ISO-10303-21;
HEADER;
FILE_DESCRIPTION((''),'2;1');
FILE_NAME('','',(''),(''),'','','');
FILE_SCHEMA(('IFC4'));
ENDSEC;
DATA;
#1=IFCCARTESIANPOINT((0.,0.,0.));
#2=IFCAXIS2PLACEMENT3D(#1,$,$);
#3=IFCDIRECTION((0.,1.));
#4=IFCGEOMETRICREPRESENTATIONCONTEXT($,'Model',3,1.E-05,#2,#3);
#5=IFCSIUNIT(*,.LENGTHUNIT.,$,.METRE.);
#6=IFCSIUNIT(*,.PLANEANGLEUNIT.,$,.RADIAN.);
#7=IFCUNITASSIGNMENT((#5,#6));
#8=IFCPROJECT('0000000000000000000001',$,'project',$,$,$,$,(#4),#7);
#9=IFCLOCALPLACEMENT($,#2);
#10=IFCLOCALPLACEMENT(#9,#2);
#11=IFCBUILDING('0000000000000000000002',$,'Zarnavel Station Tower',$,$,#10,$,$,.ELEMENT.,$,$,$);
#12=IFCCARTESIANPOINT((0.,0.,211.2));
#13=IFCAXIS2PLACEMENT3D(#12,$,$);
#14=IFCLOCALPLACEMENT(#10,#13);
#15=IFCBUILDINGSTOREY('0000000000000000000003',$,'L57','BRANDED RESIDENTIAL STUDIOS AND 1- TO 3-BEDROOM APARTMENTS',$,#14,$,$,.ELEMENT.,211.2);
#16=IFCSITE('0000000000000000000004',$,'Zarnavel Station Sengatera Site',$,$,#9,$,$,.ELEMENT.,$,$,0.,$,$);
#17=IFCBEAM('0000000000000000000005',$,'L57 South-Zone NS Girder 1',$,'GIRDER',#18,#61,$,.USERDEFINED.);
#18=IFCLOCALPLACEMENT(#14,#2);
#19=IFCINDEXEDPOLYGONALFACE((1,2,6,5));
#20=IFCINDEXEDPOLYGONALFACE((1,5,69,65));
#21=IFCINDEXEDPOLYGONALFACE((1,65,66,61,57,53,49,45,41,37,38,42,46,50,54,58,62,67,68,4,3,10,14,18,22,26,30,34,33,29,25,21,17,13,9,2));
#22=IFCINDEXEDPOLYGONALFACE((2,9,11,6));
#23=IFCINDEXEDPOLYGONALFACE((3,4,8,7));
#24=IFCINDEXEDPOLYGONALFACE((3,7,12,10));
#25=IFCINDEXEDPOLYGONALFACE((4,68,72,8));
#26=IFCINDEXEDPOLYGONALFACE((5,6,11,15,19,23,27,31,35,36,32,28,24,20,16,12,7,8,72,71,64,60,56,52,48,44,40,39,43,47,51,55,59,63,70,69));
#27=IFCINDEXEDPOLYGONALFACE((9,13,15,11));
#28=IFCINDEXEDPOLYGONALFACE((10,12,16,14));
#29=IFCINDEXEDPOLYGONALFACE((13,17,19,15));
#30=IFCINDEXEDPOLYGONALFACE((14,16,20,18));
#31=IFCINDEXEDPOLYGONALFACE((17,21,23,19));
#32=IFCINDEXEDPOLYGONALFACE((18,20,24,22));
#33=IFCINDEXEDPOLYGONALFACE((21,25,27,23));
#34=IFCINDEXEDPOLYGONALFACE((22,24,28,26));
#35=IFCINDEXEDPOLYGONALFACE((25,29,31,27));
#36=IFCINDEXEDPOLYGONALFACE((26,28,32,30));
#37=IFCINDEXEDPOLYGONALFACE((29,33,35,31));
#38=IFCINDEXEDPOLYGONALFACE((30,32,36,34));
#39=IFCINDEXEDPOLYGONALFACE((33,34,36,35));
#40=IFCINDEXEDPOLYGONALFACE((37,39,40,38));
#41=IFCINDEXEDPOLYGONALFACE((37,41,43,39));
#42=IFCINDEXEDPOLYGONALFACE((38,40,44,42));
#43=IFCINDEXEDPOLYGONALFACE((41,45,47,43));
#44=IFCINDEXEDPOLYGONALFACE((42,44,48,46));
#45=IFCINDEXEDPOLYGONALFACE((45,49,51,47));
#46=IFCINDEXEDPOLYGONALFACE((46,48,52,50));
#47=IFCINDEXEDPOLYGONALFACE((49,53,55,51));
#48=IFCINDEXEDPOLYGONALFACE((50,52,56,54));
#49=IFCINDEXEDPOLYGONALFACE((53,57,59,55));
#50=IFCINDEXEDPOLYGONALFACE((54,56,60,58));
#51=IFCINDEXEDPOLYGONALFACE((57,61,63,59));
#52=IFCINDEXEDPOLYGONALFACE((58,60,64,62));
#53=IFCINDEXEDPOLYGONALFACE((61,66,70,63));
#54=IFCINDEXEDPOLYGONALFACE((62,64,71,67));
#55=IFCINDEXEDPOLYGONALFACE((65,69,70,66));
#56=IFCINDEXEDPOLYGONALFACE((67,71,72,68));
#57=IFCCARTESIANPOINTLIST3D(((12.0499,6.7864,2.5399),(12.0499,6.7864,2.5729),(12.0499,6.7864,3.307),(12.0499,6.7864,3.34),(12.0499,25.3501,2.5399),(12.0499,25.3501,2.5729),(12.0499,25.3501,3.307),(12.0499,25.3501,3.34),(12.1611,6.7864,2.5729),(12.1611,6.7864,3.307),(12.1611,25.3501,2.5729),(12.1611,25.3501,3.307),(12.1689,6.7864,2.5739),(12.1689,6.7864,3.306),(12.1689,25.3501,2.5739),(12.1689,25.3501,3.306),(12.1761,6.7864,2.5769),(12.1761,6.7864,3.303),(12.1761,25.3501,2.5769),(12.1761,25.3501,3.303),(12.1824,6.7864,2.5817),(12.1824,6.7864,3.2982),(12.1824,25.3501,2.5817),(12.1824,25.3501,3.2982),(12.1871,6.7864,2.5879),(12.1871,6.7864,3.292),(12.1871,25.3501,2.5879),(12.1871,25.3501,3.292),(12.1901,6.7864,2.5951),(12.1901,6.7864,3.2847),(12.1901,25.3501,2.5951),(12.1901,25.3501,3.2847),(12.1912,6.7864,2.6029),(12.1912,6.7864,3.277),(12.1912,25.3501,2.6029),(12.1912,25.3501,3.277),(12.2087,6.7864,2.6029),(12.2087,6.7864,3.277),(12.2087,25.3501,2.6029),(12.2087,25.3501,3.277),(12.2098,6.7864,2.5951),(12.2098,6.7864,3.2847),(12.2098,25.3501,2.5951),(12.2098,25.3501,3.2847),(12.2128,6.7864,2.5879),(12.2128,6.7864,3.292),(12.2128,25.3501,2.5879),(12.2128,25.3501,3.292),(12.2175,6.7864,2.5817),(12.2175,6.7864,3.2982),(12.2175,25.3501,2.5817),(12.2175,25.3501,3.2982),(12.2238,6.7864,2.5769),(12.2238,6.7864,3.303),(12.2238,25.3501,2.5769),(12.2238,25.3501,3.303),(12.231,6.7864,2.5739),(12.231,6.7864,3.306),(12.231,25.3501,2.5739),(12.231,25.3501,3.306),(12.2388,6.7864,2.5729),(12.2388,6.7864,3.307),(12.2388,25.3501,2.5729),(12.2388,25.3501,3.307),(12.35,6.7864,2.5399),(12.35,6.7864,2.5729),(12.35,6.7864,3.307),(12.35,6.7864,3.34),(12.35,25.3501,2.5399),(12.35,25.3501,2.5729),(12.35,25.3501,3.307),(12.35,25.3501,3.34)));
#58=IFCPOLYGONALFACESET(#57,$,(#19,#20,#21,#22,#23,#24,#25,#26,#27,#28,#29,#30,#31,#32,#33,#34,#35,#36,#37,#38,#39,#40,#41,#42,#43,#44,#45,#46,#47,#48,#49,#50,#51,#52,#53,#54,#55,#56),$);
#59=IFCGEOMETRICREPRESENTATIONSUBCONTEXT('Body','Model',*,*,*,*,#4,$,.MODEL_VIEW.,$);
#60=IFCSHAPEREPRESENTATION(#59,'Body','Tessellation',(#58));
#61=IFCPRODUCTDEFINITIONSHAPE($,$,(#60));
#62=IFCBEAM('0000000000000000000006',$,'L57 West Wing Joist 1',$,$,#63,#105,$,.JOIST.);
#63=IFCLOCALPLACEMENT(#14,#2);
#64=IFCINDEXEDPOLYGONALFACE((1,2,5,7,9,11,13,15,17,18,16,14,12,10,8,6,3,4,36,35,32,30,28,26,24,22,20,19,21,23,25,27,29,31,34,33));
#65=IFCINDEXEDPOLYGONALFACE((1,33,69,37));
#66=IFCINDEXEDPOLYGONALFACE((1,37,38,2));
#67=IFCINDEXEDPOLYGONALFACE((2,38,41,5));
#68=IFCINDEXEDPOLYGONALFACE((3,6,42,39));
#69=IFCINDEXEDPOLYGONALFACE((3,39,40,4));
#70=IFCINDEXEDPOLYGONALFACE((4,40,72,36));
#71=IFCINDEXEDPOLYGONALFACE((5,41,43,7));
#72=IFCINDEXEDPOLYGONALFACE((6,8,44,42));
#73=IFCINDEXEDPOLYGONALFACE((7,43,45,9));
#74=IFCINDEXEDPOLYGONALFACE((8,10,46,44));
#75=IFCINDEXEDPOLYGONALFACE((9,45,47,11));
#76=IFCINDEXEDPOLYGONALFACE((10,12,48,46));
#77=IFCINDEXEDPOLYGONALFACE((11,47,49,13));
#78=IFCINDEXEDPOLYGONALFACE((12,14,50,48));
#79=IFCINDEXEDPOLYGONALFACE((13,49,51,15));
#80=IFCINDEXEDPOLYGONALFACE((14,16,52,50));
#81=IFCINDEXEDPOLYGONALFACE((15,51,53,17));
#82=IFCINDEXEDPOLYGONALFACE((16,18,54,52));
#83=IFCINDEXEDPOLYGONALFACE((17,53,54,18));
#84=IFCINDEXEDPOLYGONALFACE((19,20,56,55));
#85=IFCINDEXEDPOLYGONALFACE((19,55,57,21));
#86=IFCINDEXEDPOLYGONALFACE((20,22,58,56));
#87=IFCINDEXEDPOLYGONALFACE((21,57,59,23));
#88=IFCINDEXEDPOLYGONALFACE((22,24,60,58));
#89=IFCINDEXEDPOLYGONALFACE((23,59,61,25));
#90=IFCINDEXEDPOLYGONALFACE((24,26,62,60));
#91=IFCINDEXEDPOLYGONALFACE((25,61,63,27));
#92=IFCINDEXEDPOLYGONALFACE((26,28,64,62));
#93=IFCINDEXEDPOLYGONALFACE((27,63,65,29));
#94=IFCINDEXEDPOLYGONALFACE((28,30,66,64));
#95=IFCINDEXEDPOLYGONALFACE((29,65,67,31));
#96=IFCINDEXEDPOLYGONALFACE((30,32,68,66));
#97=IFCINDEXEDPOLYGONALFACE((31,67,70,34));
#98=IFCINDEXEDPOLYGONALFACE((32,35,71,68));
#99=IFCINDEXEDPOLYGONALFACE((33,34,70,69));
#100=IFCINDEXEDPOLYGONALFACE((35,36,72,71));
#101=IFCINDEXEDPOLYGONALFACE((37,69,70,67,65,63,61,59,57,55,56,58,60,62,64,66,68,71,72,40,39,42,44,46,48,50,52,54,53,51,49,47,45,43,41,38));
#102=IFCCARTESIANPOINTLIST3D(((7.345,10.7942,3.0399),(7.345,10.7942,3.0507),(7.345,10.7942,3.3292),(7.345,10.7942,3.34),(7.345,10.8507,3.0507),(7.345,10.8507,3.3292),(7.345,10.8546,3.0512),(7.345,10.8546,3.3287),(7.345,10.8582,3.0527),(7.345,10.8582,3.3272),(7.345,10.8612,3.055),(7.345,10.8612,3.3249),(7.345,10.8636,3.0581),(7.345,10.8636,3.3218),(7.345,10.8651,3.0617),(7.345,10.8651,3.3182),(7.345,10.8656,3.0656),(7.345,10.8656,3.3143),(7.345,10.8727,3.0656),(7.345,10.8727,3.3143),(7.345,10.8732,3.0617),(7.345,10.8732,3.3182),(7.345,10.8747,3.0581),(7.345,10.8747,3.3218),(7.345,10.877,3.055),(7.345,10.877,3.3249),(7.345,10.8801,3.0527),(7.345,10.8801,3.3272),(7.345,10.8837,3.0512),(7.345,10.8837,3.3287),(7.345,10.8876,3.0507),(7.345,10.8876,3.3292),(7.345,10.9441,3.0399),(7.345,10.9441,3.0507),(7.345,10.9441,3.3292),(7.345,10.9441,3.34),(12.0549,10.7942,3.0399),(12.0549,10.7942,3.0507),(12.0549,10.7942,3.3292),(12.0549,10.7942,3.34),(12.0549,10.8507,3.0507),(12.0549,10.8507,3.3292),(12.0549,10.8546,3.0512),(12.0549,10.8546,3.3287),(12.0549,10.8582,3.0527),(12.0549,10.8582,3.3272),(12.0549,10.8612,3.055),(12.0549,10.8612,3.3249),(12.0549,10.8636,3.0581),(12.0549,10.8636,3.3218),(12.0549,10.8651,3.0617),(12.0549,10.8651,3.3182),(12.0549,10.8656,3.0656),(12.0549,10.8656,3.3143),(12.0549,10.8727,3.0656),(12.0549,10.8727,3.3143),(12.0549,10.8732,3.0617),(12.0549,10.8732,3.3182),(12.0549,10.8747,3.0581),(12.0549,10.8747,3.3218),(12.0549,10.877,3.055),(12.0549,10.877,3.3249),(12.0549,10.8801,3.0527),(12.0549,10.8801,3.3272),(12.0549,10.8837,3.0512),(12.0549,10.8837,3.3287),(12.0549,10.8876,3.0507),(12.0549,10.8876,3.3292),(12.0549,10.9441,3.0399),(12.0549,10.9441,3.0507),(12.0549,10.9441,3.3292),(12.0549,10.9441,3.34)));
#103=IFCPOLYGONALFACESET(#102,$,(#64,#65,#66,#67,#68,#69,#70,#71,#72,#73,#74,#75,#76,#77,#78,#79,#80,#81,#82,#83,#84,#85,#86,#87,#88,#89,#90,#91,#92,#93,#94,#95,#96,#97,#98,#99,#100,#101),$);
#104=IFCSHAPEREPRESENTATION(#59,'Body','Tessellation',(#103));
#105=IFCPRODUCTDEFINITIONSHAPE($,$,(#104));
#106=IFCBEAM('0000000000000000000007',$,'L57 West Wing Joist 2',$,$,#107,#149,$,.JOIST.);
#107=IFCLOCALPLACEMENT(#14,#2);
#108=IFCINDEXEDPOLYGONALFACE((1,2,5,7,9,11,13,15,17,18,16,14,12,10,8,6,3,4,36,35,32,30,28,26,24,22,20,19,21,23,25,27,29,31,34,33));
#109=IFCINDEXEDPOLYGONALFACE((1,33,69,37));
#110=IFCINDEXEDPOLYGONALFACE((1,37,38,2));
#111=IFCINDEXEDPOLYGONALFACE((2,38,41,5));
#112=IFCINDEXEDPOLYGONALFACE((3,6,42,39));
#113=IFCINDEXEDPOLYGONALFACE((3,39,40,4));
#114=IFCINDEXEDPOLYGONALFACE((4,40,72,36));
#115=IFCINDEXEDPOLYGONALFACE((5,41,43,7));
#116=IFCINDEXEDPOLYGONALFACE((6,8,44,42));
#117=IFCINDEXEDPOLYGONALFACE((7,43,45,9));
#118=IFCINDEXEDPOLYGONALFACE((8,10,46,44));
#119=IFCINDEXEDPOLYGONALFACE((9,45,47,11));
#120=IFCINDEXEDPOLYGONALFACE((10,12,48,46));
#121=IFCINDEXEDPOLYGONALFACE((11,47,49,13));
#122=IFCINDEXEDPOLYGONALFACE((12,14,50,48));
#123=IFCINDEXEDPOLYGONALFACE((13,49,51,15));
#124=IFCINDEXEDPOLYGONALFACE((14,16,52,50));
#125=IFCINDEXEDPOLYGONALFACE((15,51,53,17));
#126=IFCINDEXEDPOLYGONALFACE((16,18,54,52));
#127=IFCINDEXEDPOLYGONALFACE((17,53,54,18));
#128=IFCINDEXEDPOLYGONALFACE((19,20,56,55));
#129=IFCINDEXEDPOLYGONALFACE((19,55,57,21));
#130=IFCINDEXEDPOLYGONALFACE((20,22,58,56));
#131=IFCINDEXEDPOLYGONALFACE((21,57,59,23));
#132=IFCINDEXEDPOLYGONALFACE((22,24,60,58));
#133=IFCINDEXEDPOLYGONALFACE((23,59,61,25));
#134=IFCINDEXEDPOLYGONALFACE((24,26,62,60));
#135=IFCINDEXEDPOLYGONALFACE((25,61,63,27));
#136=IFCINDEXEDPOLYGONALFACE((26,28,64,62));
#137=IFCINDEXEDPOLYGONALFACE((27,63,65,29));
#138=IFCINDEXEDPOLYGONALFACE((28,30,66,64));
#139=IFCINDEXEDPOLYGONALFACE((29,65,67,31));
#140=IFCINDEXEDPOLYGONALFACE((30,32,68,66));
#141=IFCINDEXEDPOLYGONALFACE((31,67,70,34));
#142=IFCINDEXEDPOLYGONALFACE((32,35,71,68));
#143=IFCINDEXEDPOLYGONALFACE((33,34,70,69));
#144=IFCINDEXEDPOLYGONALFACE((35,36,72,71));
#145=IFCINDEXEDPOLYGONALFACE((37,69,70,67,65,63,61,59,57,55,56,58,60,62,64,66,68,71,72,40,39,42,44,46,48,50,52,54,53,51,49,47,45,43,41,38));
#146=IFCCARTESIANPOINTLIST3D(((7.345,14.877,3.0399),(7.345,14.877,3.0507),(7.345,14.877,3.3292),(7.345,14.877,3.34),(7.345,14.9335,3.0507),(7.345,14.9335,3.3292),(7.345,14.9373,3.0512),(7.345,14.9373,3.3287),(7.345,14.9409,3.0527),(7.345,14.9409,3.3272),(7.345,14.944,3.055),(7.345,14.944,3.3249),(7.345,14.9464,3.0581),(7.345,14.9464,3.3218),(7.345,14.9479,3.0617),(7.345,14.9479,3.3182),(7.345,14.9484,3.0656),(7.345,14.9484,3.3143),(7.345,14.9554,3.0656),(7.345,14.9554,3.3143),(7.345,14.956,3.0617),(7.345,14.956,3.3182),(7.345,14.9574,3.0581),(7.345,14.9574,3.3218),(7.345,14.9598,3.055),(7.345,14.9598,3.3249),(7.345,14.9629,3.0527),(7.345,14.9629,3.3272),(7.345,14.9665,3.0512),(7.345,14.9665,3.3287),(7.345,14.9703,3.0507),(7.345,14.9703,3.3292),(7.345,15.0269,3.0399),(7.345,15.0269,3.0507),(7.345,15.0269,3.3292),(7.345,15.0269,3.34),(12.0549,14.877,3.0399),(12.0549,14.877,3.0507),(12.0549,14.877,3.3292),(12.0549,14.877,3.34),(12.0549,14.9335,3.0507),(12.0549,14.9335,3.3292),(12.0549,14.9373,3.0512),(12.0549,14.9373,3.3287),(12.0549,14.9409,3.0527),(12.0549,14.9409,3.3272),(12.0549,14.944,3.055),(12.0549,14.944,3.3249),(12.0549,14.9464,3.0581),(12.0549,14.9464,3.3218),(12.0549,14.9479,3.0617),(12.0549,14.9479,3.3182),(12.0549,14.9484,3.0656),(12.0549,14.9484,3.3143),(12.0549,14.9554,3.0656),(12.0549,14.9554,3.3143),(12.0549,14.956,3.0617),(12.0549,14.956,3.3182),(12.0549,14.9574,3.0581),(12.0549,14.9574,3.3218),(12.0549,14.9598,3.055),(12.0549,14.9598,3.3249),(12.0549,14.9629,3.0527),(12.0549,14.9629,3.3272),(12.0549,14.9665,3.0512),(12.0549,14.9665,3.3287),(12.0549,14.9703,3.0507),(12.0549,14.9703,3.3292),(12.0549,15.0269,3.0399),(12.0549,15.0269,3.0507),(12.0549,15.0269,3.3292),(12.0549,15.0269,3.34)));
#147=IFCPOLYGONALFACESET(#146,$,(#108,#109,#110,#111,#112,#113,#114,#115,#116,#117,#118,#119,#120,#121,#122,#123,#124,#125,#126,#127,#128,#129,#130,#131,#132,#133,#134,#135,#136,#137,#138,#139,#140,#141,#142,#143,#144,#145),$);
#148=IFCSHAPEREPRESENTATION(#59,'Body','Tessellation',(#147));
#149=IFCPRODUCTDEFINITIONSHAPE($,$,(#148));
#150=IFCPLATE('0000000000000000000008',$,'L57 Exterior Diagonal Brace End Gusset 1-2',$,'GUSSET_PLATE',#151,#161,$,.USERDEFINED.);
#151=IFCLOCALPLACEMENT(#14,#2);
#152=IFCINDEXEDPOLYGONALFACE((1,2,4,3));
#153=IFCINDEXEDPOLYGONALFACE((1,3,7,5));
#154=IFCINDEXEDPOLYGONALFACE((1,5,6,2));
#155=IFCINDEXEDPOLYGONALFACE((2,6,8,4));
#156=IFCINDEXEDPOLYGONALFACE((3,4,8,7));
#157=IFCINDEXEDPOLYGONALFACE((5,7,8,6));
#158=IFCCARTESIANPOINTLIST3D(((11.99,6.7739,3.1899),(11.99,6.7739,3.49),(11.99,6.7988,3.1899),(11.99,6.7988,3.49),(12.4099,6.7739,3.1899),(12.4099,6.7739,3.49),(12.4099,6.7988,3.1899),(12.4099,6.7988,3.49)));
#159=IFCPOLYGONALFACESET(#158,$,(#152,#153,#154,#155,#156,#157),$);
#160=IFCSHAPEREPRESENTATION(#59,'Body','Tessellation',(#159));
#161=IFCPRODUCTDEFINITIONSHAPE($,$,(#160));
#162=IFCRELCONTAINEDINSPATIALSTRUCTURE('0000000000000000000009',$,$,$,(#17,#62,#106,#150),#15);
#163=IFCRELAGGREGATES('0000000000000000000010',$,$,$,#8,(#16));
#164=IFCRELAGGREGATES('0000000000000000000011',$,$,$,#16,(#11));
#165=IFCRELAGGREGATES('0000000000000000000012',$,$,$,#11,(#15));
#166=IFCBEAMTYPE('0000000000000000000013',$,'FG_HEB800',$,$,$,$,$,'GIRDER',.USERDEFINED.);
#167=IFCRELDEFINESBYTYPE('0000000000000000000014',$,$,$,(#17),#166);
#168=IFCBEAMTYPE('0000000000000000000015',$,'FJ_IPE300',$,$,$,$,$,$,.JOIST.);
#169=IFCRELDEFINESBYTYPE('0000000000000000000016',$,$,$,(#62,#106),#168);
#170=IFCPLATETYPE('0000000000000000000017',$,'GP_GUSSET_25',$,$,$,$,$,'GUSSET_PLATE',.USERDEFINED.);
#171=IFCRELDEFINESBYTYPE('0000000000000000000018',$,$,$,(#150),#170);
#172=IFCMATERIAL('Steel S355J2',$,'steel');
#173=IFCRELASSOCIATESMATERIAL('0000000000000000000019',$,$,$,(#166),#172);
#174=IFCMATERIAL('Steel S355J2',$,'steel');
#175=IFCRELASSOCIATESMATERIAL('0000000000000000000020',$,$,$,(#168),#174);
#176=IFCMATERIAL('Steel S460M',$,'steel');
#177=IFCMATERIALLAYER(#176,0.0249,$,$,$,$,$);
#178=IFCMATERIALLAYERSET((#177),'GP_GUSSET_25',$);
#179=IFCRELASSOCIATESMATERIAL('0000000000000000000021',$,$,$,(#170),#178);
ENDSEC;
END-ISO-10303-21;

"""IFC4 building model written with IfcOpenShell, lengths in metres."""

from ifc_helpers import new_model, si_unit, direction, frame, origin, origin_2d, place, context, subcontext, project, spatial, rectangle, i_section, extrude, material, layer, layer_set, material_profile, profile_set, type_object, element, save


model = new_model("IFC4")

# Units and contexts
model_context = context("Model", 3, precision=1e-05, world=origin(), true_north=direction((0.0, 1.0)))
body_context = subcontext(model_context, "Body", "Model", "MODEL_VIEW")
ifc_project = project(units=[si_unit("LENGTHUNIT", "METRE"), si_unit("PLANEANGLEUNIT", "RADIAN")], contexts=[model_context])

# Site, building, storey
site_placement = place(None, origin())
site = spatial("IfcSite", under=ifc_project, at=site_placement, Name="Zarnavel Station Sengatera Site", CompositionType="ELEMENT", RefElevation=0.0)
building_placement = place(site_placement, origin())
building = spatial("IfcBuilding", under=site, at=building_placement, Name="Zarnavel Station Tower", CompositionType="ELEMENT")
storey_placement = place(building_placement, frame((0.0, 0.0, 211.2)))
storey = spatial("IfcBuildingStorey", under=building, at=storey_placement, Name="L57", Description="BRANDED RESIDENTIAL STUDIOS AND 1- TO 3-BEDROOM APARTMENTS", CompositionType="ELEMENT", Elevation=211.2)

# Beams
ifc_material_1 = material(Name="Steel S355J2", Category="steel")
ifc_material_profile_1 = material_profile(ifc_material_1, i_section(OverallWidth=0.3, OverallDepth=0.8, WebThickness=0.0176, FlangeThickness=0.033, FilletRadius=0.03, at=origin_2d()), Name="HEB800")
ifc_profile_set_1 = profile_set([ifc_material_profile_1], Name="Steel S355J2")
beam_type_1 = type_object("IfcBeamType", Name="FG_HEB800", ElementType="GIRDER", PredefinedType="USERDEFINED", material=ifc_profile_set_1)
beam_1_placement = place(storey_placement, frame((12.2, 6.7864, 2.9399), z_axis=(0.0, 1.0, 0.0), x_axis=(-1.0, 0.0, 0.0)))
element("IfcBeam", 1, at=beam_1_placement, inside=storey, type_object=beam_type_1, Name="L57 South-Zone NS Girder 1", ObjectType="GIRDER", PredefinedType="USERDEFINED", context=body_context, shape_type="SweptSolid", body=[
    extrude(i_section(OverallWidth=0.3, OverallDepth=0.8, WebThickness=0.0176, FlangeThickness=0.033, FilletRadius=0.03, at=origin_2d()), origin(), (0.0, 0.0, 1.0), 18.5637),
])
ifc_material_2 = material(Name="Steel S355J2", Category="steel")
ifc_material_profile_2 = material_profile(ifc_material_2, i_section(OverallWidth=0.1499, OverallDepth=0.3, WebThickness=0.0071, FlangeThickness=0.0107, FilletRadius=0.0149, at=origin_2d()), Name="IPE300")
ifc_profile_set_2 = profile_set([ifc_material_profile_2], Name="Steel S355J2")
beam_type_2 = type_object("IfcBeamType", Name="FJ_IPE300", PredefinedType="JOIST", material=ifc_profile_set_2)
for number, where, z_axis, x_axis, name in (
    (2, (7.345, 10.8691, 3.1899), (1.0, 0.0, 0.0), (0.0, 1.0, 0.0), "L57 West Wing Joist 1"),
    (3, (7.345, 14.9519, 3.1899), (1.0, 0.0, 0.0), (0.0, 1.0, 0.0), "L57 West Wing Joist 2"),
):
    element("IfcBeam", number, at=place(storey_placement, frame(where, z_axis=z_axis, x_axis=x_axis)), inside=storey, type_object=beam_type_2, Name=name, PredefinedType="JOIST", context=body_context, shape_type="SweptSolid", body=[
        extrude(i_section(OverallWidth=0.1499, OverallDepth=0.3, WebThickness=0.0071, FlangeThickness=0.0107, FilletRadius=0.0149, at=origin_2d()), origin(), (0.0, 0.0, 1.0), 4.71),
    ])

# Plate
ifc_material_3 = material(Name="Steel S460M", Category="steel")
ifc_layer_1 = layer(ifc_material_3, 0.0249)
ifc_layer_set_1 = layer_set([ifc_layer_1], Name="GP_GUSSET_25")
plate_type = type_object("IfcPlateType", Name="GP_GUSSET_25", ElementType="GUSSET_PLATE", PredefinedType="USERDEFINED", material=ifc_layer_set_1)
plate_placement = place(storey_placement, frame((12.2, 6.7864, 3.1899), z_axis=(0.0, 0.0, 1.0), x_axis=(1.0, 0.0, 0.0)))
element("IfcPlate", 4, at=plate_placement, inside=storey, type_object=plate_type, Name="L57 Exterior Diagonal Brace End Gusset 1-2", ObjectType="GUSSET_PLATE", PredefinedType="USERDEFINED", context=body_context, shape_type="SweptSolid", body=[
    extrude(rectangle(XDim=0.4199, YDim=0.0249, at=origin_2d()), origin(), (0.0, 0.0, 1.0), 0.3),
])

save(model, "model.ifc")
